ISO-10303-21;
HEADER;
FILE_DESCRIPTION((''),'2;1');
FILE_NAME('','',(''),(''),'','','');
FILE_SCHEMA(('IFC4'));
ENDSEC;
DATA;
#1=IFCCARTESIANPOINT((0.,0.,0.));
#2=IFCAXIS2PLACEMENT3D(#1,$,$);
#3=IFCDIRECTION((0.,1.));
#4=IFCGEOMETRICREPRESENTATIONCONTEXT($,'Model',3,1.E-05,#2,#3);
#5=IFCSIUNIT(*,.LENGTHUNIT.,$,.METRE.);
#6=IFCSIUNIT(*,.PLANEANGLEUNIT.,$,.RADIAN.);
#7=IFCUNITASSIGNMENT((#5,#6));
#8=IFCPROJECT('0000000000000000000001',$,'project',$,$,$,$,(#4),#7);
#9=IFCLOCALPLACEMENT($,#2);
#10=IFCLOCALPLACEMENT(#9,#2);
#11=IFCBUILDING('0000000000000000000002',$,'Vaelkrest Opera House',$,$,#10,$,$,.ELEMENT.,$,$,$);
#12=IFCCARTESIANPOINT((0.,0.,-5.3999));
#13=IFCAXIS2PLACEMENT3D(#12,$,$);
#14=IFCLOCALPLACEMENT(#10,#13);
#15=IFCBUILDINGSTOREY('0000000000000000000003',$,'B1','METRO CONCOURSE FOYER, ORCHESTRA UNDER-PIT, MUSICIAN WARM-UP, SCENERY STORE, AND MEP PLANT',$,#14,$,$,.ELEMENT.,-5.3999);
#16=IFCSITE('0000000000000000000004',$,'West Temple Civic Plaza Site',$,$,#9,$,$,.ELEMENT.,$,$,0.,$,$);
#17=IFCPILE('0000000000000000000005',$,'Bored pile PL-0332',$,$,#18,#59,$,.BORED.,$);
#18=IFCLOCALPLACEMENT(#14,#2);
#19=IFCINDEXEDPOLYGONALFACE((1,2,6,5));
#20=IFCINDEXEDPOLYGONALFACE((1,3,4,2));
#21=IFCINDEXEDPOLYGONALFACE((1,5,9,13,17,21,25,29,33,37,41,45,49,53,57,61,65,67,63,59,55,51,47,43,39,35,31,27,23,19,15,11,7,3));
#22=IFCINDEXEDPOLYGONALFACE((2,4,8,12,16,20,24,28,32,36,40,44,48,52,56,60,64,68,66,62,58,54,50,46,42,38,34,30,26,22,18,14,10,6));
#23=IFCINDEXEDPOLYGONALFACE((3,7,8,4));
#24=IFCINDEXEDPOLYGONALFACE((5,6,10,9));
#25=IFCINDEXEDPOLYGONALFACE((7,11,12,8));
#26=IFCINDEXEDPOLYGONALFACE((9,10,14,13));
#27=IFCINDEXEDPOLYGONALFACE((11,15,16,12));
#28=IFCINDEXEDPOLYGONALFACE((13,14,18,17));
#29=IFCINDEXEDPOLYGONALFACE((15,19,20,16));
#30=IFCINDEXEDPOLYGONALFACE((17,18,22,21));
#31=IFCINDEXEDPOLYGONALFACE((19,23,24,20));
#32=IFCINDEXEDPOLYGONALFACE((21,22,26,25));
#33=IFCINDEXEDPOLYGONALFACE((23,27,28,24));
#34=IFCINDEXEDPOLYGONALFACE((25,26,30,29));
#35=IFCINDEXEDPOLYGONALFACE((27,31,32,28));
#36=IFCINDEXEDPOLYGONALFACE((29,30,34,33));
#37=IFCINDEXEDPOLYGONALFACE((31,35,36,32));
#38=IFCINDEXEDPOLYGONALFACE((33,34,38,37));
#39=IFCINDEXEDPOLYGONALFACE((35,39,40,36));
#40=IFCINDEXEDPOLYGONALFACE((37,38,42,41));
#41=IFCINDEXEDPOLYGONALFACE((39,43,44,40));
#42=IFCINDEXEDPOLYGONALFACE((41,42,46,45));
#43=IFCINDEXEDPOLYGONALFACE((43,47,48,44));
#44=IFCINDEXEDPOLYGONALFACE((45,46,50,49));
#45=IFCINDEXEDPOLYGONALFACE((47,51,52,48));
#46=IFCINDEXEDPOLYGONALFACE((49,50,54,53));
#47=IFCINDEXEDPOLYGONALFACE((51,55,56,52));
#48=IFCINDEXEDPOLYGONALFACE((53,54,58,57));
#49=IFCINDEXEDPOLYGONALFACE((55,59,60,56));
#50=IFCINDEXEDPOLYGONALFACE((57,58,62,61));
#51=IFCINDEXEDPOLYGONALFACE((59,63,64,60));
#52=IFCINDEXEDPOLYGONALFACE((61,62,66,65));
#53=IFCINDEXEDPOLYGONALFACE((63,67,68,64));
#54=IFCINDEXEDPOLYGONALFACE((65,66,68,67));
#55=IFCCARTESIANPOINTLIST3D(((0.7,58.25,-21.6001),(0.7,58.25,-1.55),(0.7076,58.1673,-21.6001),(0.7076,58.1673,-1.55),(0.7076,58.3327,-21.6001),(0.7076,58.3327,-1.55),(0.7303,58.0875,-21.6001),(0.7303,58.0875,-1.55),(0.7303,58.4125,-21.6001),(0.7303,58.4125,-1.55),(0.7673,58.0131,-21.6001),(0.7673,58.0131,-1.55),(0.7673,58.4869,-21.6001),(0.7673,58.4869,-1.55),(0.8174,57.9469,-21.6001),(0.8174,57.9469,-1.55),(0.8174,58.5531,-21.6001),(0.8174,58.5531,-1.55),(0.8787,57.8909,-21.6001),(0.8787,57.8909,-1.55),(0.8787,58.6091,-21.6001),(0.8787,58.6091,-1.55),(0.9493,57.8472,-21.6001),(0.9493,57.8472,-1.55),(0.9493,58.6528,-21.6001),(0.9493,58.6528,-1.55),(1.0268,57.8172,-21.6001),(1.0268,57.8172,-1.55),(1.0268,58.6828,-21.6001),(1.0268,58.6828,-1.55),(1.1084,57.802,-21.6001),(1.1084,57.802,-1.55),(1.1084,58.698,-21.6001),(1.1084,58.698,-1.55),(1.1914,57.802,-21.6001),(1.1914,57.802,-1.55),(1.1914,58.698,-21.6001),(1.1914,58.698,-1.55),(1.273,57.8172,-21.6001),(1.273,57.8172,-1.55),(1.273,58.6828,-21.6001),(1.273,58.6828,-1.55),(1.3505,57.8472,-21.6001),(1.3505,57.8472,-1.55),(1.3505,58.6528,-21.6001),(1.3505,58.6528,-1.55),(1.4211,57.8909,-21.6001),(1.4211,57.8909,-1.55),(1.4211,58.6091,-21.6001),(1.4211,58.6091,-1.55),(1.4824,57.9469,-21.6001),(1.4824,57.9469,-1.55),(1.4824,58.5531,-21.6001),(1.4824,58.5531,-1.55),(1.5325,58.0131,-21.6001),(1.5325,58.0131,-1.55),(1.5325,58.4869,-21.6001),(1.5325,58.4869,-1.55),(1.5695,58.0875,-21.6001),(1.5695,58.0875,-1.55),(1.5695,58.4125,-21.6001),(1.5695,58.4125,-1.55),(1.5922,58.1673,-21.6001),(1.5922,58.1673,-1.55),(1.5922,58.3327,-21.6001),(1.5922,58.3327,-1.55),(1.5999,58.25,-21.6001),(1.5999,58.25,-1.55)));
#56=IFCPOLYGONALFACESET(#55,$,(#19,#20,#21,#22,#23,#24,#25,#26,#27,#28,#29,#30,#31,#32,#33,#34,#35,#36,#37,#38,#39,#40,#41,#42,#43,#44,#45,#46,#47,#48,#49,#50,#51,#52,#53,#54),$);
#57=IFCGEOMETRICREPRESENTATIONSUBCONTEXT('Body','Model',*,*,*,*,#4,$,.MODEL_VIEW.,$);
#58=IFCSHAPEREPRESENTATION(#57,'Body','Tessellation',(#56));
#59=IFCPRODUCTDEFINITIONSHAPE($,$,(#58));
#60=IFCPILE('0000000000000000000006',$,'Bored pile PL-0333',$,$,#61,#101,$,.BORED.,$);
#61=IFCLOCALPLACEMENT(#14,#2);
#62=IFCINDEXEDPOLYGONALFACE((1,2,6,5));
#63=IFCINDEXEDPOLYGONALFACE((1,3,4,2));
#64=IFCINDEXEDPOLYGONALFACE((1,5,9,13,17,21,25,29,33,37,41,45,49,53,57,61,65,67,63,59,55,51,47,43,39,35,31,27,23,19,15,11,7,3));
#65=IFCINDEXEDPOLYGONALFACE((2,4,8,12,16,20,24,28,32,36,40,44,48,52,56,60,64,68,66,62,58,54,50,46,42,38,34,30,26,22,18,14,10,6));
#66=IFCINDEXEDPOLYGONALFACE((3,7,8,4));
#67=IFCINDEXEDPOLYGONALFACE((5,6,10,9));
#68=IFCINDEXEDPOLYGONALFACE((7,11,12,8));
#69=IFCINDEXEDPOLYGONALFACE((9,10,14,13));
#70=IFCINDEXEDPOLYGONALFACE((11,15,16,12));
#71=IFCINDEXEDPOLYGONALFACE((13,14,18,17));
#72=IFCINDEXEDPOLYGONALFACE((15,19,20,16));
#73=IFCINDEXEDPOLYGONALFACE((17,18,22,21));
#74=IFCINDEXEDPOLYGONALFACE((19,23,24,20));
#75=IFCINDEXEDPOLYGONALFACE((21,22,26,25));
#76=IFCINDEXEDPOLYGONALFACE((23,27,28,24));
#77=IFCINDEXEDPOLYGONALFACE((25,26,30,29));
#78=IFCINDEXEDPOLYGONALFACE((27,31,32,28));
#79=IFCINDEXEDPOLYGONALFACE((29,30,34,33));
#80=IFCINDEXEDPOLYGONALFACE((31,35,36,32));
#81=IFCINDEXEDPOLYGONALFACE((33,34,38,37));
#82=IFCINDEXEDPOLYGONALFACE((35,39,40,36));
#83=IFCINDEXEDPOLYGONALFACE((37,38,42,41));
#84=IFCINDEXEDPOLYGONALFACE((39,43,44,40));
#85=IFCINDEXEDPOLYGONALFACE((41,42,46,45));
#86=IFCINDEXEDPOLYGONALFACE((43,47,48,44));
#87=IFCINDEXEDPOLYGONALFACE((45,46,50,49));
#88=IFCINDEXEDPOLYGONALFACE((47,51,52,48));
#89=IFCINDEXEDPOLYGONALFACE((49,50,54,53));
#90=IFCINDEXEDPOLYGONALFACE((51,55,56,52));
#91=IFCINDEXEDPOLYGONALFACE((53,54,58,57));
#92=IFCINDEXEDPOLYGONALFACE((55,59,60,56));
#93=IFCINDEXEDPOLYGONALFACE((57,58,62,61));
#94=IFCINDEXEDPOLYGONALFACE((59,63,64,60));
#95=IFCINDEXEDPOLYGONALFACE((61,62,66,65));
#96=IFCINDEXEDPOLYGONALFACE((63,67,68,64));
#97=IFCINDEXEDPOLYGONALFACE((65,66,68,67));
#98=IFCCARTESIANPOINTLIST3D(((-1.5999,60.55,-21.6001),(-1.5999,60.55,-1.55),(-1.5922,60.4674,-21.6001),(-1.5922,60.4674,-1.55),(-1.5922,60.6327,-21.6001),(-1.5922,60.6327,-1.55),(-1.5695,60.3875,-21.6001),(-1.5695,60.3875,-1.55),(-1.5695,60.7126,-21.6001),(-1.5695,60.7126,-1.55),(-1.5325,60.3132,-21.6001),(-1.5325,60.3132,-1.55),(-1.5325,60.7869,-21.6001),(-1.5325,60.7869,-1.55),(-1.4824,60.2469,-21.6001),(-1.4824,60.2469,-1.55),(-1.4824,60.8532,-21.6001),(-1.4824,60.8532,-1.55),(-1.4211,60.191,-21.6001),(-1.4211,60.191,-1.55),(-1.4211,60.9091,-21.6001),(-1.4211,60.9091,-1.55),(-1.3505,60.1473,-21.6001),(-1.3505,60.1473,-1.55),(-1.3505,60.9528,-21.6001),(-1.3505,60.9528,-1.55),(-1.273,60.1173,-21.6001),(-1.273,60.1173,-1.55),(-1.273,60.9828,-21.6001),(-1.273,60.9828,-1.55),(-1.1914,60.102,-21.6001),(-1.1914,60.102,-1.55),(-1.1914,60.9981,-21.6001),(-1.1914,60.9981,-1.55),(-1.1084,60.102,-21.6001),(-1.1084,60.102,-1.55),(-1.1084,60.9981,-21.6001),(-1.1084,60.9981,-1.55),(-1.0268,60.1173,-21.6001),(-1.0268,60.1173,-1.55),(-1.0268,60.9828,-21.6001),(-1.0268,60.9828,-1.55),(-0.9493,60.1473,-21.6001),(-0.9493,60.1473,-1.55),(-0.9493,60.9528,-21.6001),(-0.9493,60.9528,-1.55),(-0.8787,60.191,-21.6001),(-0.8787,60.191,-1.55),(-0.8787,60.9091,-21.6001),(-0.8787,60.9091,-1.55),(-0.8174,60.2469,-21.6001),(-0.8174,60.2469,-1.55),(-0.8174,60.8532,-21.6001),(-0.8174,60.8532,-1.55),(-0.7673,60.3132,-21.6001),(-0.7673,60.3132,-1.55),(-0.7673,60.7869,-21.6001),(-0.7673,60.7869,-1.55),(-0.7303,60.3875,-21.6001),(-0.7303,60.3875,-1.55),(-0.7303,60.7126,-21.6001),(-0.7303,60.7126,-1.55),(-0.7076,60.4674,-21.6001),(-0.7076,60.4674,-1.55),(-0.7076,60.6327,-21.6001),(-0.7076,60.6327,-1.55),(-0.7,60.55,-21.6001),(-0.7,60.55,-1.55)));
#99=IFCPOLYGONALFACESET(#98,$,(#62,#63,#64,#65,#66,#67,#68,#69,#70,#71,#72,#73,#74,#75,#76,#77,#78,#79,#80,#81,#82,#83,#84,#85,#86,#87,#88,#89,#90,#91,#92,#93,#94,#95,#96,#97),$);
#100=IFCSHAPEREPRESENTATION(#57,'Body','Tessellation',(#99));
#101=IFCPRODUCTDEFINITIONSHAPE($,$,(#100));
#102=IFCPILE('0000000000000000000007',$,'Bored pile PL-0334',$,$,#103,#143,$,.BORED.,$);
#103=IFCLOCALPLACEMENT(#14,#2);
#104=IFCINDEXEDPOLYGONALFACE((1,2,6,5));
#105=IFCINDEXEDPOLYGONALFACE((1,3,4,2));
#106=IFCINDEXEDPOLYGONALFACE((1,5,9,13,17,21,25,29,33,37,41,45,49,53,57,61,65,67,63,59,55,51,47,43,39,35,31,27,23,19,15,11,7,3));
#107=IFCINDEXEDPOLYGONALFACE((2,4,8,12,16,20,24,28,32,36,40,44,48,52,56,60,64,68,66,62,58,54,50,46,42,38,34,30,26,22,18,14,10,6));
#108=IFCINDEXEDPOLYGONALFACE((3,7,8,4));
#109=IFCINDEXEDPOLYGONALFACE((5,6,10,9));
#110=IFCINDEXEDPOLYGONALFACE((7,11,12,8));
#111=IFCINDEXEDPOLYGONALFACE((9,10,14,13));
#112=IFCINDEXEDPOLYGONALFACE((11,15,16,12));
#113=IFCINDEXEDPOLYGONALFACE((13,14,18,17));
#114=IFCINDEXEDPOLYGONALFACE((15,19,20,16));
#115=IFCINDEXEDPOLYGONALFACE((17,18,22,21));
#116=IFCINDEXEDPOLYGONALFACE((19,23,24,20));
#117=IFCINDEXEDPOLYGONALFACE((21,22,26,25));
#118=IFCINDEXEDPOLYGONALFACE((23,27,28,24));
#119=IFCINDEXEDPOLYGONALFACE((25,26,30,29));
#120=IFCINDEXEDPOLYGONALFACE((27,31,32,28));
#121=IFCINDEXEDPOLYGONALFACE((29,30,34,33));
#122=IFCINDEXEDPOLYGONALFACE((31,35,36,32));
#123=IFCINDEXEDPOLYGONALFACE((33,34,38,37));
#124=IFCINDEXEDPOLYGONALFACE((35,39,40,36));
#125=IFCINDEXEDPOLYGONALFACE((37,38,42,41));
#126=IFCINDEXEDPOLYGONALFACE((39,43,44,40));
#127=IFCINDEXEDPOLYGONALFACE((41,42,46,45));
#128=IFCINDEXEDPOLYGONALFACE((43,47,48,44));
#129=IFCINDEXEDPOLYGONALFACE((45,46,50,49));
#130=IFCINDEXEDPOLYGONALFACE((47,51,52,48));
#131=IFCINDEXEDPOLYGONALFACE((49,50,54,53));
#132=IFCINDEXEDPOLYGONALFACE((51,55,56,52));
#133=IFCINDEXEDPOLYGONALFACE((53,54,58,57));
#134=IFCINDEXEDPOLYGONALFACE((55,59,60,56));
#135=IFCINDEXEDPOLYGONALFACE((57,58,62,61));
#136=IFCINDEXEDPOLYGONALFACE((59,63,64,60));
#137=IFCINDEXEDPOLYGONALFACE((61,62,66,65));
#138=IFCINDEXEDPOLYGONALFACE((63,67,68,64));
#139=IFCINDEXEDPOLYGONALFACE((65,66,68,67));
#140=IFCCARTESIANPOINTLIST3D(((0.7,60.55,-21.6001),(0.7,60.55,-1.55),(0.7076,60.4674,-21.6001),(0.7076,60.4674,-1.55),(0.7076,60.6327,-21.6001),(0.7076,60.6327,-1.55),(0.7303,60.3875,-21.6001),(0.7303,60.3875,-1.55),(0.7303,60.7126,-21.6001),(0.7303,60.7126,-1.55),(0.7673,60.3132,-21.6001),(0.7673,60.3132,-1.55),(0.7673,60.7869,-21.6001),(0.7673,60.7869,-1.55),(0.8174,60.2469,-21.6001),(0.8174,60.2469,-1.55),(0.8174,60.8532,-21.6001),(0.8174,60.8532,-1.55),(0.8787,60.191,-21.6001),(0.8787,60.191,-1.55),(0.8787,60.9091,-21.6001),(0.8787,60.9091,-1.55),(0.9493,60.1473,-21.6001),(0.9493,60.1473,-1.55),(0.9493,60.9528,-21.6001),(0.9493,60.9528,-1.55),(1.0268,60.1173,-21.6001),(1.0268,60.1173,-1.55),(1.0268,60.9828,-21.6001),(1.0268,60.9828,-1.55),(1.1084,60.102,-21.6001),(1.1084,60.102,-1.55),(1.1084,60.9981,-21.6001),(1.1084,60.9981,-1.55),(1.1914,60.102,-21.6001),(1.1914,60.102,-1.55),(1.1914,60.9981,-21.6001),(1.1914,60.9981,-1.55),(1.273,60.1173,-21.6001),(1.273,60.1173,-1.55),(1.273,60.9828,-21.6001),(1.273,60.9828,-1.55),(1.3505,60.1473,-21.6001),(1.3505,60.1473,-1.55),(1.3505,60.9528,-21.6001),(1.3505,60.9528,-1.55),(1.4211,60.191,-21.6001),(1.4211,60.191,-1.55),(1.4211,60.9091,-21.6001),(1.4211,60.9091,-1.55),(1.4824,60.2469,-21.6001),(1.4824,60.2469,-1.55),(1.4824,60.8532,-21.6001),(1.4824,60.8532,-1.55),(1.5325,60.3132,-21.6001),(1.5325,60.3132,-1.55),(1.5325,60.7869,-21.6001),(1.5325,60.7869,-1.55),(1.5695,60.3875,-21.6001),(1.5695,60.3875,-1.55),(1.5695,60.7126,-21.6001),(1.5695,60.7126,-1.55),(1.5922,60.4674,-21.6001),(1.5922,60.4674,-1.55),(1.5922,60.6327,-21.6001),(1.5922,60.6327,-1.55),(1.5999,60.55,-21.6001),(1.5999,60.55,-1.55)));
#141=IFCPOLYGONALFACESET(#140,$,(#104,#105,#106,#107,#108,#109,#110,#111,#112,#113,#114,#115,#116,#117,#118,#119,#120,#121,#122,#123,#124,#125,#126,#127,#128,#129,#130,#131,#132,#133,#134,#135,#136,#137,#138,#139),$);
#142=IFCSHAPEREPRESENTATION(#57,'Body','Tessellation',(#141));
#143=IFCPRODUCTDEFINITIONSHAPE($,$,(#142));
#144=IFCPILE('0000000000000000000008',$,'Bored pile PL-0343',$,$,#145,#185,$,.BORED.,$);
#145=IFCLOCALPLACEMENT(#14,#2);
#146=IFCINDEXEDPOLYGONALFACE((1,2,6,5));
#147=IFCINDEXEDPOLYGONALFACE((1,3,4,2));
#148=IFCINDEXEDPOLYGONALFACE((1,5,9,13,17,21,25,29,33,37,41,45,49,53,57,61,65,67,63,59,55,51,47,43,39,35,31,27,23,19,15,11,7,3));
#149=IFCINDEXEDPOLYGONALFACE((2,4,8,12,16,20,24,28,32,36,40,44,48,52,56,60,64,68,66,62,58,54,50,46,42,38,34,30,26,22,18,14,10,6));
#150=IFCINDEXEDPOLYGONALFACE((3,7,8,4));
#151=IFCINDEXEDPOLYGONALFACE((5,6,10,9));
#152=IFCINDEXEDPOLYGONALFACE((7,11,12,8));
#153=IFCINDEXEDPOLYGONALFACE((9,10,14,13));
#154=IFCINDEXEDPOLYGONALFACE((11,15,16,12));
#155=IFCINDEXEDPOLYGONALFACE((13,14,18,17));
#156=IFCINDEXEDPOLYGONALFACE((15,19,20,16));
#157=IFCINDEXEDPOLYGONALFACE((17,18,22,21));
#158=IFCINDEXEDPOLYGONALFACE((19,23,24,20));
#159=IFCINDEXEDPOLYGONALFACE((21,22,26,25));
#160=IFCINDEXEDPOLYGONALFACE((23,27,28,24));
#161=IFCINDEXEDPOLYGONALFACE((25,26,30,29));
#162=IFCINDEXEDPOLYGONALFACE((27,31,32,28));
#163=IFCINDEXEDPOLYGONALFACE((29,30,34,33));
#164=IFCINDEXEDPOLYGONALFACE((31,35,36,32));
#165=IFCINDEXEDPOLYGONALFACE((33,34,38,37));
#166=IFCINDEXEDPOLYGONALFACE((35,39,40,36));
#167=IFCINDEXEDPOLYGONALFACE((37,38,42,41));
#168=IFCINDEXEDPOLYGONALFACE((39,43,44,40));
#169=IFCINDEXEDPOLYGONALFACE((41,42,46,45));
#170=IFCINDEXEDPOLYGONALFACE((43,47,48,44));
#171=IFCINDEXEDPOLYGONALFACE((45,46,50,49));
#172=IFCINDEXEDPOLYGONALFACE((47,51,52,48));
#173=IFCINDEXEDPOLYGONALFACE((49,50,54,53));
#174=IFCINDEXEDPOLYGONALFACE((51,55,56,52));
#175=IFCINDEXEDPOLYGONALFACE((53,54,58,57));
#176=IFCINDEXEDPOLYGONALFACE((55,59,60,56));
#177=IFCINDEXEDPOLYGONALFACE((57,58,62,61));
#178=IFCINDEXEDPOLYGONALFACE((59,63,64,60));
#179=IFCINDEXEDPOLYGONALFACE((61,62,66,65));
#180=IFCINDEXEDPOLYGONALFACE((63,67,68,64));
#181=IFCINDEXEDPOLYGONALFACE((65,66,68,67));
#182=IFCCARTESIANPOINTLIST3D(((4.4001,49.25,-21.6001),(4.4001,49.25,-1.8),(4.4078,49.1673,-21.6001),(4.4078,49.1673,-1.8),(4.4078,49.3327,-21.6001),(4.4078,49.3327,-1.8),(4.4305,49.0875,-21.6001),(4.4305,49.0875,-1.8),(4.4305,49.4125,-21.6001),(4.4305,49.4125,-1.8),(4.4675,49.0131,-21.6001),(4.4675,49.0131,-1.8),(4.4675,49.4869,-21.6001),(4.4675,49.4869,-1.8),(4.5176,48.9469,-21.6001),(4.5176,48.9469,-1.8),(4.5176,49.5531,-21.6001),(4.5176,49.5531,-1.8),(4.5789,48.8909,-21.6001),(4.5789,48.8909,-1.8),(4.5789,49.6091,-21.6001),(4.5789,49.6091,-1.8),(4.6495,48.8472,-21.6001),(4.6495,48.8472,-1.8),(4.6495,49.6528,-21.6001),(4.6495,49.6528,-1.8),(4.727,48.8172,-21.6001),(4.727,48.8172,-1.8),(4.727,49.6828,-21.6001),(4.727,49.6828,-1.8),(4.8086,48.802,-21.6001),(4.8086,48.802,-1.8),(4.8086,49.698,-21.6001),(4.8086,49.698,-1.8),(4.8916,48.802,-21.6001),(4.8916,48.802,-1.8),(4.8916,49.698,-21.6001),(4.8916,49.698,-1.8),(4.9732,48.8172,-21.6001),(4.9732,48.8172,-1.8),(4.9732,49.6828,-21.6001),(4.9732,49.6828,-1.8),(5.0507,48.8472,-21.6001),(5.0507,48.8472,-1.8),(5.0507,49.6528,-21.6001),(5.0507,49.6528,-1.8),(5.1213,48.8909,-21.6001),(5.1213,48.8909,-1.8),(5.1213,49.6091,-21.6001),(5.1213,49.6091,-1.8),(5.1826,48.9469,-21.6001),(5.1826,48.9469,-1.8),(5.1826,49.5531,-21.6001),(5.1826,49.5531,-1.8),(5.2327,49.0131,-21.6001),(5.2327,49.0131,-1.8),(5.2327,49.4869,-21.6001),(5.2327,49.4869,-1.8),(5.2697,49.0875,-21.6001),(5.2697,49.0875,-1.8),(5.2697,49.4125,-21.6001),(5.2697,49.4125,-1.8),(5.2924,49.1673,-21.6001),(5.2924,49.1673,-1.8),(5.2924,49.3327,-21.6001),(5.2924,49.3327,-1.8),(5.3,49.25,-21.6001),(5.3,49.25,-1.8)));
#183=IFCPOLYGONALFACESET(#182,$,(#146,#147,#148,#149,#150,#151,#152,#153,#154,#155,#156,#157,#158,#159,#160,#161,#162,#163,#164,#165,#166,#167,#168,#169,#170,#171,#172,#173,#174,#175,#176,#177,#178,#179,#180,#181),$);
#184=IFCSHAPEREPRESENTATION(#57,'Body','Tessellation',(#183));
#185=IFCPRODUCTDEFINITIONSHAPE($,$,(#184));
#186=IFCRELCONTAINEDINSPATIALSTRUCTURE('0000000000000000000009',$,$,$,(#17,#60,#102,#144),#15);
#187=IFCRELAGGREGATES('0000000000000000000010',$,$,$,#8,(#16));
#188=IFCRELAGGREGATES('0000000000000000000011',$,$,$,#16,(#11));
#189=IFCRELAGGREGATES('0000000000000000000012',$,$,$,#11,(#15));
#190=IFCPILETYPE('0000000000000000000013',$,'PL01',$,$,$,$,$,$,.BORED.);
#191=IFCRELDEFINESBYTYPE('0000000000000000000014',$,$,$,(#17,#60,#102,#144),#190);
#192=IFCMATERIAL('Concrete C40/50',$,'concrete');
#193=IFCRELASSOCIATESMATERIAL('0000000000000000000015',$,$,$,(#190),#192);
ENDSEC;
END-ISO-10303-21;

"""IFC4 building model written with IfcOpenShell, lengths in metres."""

from ifc_helpers import new_model, si_unit, direction, frame, origin, origin_2d, place, context, subcontext, project, spatial, circle, extrude, material, material_profile, profile_set, type_object, element, save


model = new_model("IFC4")

# Units and contexts
model_context = context("Model", 3, precision=1e-05, world=origin(), true_north=direction((0.0, 1.0)))
body_context = subcontext(model_context, "Body", "Model", "MODEL_VIEW")
ifc_project = project(units=[si_unit("LENGTHUNIT", "METRE"), si_unit("PLANEANGLEUNIT", "RADIAN")], contexts=[model_context])

# Site, building, storey
site_placement = place(None, origin())
site = spatial("IfcSite", under=ifc_project, at=site_placement, Name="West Temple Civic Plaza Site", CompositionType="ELEMENT", RefElevation=0.0)
building_placement = place(site_placement, origin())
building = spatial("IfcBuilding", under=site, at=building_placement, Name="Vaelkrest Opera House", CompositionType="ELEMENT")
storey_placement = place(building_placement, frame((0.0, 0.0, -5.3999)))
storey = spatial("IfcBuildingStorey", under=building, at=storey_placement, Name="B1", Description="METRO CONCOURSE FOYER, ORCHESTRA UNDER-PIT, MUSICIAN WARM-UP, SCENERY STORE, AND MEP PLANT", CompositionType="ELEMENT", Elevation=-5.3999)

# Shared definitions
ifc_material_1 = material(Name="Concrete C40/50", Category="concrete")

# Piles
ifc_material_profile_1 = material_profile(ifc_material_1, circle(Radius=0.45, at=origin_2d()), Name="PILE900")
ifc_profile_set_1 = profile_set([ifc_material_profile_1], Name="Concrete C40/50")
pile_type = type_object("IfcPileType", Name="PL01", PredefinedType="BORED", material=ifc_profile_set_1)
for number, where, z_axis, x_axis, name in (
    (1, (1.1499, 58.25, -1.55), (0.0, 0.0, -1.0), (1.0, 0.0, 0.0), "Bored pile PL-0332"),
    (2, (-1.1499, 60.55, -1.55), (0.0, 0.0, -1.0), (1.0, 0.0, 0.0), "Bored pile PL-0333"),
    (3, (1.1499, 60.55, -1.55), (0.0, 0.0, -1.0), (1.0, 0.0, 0.0), "Bored pile PL-0334"),
):
    element("IfcPile", number, at=place(storey_placement, frame(where, z_axis=z_axis, x_axis=x_axis)), inside=storey, type_object=pile_type, Name=name, PredefinedType="BORED", context=body_context, shape_type="SweptSolid", body=[
        extrude(circle(Radius=0.45, at=origin_2d()), origin(), (0.0, 0.0, 1.0), 20.05),
    ])
for number, where, z_axis, x_axis, name in (
    (4, (4.8501, 49.25, -1.8), (0.0, 0.0, -1.0), (1.0, 0.0, 0.0), "Bored pile PL-0343"),
):
    element("IfcPile", number, at=place(storey_placement, frame(where, z_axis=z_axis, x_axis=x_axis)), inside=storey, type_object=pile_type, Name=name, PredefinedType="BORED", context=body_context, shape_type="SweptSolid", body=[
        extrude(circle(Radius=0.45, at=origin_2d()), origin(), (0.0, 0.0, 1.0), 19.8),
    ])

save(model, "model.ifc")
